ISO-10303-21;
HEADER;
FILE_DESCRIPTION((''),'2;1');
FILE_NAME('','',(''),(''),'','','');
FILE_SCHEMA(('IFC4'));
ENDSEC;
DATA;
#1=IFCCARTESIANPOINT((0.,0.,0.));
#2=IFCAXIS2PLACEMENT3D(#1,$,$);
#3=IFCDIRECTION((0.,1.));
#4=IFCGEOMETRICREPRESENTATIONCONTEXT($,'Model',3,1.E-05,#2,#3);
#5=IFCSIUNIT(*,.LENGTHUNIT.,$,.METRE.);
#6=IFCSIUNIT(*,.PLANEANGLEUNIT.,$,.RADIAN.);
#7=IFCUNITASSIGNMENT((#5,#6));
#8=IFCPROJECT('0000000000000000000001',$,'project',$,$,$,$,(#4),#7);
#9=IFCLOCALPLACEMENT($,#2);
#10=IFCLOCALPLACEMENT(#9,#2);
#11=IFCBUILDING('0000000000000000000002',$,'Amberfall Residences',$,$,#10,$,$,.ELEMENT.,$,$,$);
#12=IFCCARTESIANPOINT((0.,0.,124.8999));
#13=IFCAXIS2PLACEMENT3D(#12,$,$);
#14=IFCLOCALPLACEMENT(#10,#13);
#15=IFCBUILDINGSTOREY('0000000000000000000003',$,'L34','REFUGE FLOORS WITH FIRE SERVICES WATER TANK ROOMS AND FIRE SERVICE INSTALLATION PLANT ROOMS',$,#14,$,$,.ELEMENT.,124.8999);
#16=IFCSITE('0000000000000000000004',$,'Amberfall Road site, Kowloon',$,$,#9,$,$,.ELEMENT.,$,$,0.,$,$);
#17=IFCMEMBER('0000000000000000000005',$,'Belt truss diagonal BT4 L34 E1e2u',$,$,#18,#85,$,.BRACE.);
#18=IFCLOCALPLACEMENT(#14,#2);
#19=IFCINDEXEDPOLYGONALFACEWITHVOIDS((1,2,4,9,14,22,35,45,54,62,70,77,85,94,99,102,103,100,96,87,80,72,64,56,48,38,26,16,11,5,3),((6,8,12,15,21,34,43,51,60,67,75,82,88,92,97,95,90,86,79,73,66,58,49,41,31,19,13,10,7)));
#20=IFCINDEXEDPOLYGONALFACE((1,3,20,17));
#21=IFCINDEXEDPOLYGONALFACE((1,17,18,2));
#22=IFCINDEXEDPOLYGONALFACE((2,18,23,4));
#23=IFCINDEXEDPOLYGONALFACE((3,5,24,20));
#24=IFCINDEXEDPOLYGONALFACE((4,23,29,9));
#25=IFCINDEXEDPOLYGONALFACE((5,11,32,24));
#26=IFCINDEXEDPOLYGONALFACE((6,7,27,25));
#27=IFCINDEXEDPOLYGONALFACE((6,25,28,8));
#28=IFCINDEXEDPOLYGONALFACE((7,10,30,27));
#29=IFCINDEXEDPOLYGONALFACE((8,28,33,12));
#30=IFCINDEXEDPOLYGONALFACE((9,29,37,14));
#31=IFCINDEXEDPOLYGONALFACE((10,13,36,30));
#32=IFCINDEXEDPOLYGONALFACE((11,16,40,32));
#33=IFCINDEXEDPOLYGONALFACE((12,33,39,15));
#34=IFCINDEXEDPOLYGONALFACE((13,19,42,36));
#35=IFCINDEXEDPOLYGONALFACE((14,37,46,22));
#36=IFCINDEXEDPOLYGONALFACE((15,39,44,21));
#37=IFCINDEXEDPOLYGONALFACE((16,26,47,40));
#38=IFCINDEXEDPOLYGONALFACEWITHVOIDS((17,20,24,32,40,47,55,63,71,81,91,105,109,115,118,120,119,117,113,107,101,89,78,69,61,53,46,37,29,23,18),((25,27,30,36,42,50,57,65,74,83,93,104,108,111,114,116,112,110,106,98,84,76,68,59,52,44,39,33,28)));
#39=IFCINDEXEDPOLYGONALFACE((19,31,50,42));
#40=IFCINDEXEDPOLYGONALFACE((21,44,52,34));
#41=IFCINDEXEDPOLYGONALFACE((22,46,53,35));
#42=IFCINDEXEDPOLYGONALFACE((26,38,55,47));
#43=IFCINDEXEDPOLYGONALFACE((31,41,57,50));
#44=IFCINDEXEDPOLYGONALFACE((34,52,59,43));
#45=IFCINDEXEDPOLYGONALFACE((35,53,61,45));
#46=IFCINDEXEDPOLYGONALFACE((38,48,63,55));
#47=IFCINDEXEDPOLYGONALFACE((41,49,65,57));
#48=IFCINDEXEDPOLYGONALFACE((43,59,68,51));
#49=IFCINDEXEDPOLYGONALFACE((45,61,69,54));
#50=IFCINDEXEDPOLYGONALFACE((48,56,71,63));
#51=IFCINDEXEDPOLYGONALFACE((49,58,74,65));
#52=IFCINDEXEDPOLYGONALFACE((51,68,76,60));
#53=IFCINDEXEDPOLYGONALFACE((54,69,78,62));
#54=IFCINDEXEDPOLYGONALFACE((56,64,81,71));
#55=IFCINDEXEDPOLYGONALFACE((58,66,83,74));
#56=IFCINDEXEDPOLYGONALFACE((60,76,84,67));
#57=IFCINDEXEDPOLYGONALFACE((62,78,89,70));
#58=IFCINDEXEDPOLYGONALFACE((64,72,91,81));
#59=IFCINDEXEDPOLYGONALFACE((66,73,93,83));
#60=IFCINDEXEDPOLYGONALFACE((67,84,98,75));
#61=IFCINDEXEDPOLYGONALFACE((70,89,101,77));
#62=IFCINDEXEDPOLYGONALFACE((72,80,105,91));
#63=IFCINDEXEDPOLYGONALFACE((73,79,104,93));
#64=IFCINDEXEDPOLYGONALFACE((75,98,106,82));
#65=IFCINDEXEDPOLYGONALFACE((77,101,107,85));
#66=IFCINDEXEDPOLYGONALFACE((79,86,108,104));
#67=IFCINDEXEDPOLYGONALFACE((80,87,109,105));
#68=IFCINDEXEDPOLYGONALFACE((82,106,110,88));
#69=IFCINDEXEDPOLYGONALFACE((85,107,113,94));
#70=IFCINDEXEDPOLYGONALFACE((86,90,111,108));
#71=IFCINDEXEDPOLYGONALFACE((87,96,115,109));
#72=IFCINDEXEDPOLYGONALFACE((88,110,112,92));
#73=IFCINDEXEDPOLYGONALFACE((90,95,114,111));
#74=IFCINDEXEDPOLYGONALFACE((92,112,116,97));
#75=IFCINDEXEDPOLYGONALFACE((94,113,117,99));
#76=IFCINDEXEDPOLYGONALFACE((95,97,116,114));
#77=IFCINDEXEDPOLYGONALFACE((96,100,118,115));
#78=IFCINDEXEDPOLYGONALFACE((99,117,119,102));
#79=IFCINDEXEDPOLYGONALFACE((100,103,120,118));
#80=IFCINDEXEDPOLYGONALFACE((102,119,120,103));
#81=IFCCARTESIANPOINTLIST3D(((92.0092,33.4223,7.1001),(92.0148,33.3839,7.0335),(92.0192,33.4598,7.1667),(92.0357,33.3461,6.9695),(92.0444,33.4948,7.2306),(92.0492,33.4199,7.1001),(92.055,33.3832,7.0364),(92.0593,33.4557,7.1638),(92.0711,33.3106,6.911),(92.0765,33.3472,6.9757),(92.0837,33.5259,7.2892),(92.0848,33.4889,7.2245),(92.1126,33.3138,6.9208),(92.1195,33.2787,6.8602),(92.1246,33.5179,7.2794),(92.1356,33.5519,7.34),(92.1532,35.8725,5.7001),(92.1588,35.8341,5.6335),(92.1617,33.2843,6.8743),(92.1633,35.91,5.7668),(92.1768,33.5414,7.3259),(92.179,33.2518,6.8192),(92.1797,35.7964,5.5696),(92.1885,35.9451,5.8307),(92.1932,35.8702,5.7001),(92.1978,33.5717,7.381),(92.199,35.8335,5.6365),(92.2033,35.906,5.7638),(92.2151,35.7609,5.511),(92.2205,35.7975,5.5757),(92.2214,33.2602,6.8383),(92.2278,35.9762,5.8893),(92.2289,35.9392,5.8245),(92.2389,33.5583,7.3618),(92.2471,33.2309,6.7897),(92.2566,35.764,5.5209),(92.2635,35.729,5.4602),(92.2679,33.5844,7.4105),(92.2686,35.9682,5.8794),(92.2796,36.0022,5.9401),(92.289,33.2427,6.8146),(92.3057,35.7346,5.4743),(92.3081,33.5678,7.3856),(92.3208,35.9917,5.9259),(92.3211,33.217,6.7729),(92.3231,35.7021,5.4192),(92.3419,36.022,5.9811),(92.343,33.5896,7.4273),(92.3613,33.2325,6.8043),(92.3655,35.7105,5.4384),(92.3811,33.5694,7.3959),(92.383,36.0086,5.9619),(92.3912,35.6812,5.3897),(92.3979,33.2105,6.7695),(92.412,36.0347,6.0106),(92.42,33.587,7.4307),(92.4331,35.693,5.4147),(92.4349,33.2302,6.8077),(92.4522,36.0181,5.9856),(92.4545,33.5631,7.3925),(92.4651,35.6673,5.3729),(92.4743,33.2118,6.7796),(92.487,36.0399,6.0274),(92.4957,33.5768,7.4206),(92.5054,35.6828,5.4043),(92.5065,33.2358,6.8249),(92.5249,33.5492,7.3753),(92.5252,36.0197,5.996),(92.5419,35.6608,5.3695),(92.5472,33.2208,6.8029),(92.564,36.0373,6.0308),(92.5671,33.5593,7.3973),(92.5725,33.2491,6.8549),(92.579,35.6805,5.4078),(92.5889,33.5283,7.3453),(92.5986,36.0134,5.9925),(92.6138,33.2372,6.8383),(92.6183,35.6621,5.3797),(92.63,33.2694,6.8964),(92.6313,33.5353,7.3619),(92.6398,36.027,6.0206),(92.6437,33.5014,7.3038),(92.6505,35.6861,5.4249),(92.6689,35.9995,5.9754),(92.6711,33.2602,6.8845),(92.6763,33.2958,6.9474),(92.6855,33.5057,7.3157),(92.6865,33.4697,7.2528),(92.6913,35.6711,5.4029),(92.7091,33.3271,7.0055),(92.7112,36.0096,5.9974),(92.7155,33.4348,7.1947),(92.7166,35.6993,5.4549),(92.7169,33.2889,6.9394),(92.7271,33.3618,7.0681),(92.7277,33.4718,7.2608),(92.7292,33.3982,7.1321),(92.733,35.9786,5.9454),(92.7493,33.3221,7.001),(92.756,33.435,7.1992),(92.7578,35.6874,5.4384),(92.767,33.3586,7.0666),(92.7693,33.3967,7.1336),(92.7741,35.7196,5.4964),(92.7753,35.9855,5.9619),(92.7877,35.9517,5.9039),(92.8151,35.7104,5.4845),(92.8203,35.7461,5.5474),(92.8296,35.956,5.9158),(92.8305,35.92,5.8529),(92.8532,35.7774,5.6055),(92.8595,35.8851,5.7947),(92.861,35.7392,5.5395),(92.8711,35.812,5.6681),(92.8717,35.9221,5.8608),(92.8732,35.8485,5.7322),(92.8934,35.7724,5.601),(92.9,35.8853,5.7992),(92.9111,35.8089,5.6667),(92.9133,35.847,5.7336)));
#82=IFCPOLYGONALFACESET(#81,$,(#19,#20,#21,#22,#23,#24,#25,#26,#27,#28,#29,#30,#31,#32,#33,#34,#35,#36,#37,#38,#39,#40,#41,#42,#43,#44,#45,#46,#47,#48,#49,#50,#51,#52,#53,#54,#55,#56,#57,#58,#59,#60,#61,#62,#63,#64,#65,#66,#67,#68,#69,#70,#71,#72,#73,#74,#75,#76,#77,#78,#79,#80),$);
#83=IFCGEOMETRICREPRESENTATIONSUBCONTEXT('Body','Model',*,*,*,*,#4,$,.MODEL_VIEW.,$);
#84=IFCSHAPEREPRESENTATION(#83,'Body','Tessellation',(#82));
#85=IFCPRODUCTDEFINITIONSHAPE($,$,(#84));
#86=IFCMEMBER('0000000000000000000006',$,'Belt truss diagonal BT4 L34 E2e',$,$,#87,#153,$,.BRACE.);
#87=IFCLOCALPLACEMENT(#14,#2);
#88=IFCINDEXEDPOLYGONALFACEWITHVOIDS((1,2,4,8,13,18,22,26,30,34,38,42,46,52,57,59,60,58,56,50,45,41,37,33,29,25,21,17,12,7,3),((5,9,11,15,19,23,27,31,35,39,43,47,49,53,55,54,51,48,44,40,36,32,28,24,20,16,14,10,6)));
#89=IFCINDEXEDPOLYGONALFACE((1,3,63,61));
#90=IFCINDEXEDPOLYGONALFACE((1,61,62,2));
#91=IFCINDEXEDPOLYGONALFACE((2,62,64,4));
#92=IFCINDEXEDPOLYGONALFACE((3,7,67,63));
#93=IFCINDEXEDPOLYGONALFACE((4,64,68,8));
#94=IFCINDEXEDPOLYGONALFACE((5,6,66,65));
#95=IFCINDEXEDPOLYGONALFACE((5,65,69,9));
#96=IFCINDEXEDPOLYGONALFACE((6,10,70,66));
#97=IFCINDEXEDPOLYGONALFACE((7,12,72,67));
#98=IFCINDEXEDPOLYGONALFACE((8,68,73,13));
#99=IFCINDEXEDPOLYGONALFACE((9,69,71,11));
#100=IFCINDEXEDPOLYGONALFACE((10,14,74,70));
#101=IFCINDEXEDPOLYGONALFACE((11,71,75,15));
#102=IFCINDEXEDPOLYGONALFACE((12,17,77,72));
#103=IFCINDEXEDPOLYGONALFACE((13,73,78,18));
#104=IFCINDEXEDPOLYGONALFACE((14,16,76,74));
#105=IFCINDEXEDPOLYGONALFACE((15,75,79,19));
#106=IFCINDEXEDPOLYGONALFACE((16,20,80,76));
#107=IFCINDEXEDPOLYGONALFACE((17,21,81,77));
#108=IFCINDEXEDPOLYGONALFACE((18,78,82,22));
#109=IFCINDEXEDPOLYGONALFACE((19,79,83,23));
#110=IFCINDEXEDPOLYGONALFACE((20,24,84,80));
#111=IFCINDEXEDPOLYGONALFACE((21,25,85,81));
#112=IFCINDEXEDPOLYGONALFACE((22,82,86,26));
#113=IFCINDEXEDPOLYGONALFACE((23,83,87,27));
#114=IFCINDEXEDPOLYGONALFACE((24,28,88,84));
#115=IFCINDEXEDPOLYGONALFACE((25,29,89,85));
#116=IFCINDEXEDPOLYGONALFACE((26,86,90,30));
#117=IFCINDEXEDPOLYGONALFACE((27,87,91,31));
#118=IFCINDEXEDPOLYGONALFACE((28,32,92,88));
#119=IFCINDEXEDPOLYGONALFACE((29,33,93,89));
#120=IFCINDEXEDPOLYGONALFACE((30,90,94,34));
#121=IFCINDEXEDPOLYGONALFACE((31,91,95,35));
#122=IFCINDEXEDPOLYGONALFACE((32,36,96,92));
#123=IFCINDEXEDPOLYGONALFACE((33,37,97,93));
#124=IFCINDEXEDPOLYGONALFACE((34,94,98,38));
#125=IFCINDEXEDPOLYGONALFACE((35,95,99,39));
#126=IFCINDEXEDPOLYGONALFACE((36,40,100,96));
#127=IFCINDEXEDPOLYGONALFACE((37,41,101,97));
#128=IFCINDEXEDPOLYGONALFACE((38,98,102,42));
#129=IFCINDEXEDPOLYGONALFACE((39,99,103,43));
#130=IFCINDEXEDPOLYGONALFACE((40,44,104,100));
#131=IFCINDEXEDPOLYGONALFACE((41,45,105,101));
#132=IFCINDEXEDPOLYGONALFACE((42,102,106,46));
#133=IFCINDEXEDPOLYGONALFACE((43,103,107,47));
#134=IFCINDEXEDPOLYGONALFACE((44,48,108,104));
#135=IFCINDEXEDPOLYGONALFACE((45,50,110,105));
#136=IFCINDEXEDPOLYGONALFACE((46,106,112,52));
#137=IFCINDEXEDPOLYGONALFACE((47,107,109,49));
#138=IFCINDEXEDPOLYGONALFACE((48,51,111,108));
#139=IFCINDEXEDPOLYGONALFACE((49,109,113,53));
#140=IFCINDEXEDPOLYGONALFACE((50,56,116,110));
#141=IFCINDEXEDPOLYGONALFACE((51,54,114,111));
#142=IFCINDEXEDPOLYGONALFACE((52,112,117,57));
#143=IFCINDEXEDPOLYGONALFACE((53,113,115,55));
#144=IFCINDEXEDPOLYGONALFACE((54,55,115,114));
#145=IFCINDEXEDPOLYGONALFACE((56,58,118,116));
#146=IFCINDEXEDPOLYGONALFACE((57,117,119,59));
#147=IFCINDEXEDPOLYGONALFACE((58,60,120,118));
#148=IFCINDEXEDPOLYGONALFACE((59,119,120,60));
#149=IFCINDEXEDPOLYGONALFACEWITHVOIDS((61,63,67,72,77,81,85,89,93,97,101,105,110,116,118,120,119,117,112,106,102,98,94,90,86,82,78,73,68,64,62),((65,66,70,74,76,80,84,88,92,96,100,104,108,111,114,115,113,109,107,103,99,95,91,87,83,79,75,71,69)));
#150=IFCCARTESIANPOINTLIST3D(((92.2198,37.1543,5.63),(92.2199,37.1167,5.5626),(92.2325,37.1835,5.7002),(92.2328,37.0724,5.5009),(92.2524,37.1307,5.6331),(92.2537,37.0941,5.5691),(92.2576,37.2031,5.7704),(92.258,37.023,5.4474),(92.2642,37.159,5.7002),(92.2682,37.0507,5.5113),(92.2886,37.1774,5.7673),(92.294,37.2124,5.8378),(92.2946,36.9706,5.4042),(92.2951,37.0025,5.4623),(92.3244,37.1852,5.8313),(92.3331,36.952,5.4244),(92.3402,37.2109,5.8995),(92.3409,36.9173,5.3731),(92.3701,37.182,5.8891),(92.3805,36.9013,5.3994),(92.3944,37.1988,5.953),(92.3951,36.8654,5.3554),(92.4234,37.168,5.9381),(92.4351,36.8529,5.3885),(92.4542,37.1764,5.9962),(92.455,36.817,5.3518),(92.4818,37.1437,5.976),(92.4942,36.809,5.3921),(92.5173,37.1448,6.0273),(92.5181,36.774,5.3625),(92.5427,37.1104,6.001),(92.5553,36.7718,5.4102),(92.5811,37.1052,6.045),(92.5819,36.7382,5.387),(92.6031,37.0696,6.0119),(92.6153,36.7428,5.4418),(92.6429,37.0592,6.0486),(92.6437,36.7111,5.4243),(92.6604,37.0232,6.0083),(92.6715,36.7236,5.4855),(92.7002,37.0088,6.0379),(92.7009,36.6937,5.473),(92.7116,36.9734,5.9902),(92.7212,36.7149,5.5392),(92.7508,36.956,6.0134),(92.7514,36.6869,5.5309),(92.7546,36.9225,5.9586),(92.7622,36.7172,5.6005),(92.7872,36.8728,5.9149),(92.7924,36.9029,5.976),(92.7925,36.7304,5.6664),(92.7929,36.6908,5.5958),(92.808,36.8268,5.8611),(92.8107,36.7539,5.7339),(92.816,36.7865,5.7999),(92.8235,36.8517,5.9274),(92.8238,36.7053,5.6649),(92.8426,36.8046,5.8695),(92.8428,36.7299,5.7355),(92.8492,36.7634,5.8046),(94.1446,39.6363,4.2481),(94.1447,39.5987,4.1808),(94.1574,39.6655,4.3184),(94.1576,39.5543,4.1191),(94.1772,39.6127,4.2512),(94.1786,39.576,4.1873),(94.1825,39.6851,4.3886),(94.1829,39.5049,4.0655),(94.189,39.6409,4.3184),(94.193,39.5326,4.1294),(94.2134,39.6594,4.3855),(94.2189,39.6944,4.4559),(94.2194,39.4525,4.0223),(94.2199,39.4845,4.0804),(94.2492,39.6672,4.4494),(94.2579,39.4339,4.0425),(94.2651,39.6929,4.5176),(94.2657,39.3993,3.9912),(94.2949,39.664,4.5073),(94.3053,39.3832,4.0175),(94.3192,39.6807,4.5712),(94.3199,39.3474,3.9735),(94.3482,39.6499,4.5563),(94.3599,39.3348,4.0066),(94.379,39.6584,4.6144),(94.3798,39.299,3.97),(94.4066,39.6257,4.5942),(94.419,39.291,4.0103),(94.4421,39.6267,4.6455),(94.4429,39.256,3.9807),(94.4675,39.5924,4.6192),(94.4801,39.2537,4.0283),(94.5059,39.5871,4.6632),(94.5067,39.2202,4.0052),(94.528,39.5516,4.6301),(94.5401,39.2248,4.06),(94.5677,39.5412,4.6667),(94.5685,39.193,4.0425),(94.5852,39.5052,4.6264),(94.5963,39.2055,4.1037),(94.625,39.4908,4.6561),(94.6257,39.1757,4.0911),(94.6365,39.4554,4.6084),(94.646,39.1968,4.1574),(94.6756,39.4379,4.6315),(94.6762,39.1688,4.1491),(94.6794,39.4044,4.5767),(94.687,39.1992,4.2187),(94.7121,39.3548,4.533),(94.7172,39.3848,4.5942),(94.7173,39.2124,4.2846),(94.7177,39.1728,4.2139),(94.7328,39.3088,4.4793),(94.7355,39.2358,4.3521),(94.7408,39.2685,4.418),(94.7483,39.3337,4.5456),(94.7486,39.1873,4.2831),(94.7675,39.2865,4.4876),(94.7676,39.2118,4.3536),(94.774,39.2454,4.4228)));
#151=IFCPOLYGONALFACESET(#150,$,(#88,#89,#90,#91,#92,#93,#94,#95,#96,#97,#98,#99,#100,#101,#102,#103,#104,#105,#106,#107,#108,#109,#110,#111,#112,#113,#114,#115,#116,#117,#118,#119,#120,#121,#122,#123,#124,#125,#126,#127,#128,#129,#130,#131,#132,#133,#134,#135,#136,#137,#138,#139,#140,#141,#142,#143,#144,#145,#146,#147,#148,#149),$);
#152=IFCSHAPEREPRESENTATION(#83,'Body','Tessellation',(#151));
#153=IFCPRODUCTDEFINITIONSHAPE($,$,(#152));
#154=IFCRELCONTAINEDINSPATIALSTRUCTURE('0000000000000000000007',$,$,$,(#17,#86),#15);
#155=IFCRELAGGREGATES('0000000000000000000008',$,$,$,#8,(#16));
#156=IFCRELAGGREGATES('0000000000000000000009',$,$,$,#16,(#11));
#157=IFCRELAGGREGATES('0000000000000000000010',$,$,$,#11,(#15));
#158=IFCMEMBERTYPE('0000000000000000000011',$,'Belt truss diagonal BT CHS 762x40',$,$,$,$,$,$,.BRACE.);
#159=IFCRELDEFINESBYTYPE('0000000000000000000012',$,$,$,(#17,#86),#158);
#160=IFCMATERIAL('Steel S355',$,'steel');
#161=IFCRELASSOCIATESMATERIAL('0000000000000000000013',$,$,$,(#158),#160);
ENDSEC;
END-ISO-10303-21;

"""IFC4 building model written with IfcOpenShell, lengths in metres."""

from ifc_helpers import new_model, si_unit, direction, frame, origin, origin_2d, place, context, subcontext, project, spatial, hollow_circle, extrude, material, material_profile, profile_set, type_object, element, save


model = new_model("IFC4")

# Units and contexts
model_context = context("Model", 3, precision=1e-05, world=origin(), true_north=direction((0.0, 1.0)))
body_context = subcontext(model_context, "Body", "Model", "MODEL_VIEW")
ifc_project = project(units=[si_unit("LENGTHUNIT", "METRE"), si_unit("PLANEANGLEUNIT", "RADIAN")], contexts=[model_context])

# Site, building, storey
site_placement = place(None, origin())
site = spatial("IfcSite", under=ifc_project, at=site_placement, Name="Amberfall Road site, Kowloon", CompositionType="ELEMENT", RefElevation=0.0)
building_placement = place(site_placement, origin())
building = spatial("IfcBuilding", under=site, at=building_placement, Name="Amberfall Residences", CompositionType="ELEMENT")
storey_placement = place(building_placement, frame((0.0, 0.0, 124.8999)))
storey = spatial("IfcBuildingStorey", under=building, at=storey_placement, Name="L34", Description="REFUGE FLOORS WITH FIRE SERVICES WATER TANK ROOMS AND FIRE SERVICE INSTALLATION PLANT ROOMS", CompositionType="ELEMENT", Elevation=124.8999)

# Shared definitions
ifc_material_1 = material(Name="Steel S355", Category="steel")

# Members
ifc_material_profile_1 = material_profile(ifc_material_1, hollow_circle(Radius=0.3811, WallThickness=0.04, at=origin_2d()), Name="CHS 762x40")
ifc_profile_set_1 = profile_set([ifc_material_profile_1], Name="Steel S355")
member_type = type_object("IfcMemberType", Name="Belt truss diagonal BT CHS 762x40", PredefinedType="BRACE", material=ifc_profile_set_1)
member_1_placement = place(storey_placement, frame((92.3896, 33.3999, 7.1001), z_axis=(0.050978, 0.867146, -0.495438), x_axis=(-0.998276, 0.058687, 0.0)))
element("IfcMember", 1, at=member_1_placement, inside=storey, type_object=member_type, Name="Belt truss diagonal BT4 L34 E1e2u", PredefinedType="BRACE", context=body_context, shape_type="SweptSolid", body=[
    extrude(hollow_circle(Radius=0.3811, WallThickness=0.04, at=origin_2d()), origin(), (0.0, 0.0, 1.0), 2.8257),
])
member_2_placement = place(storey_placement, frame((92.5337, 36.95, 5.7002), z_axis=(0.560943, 0.723306, -0.402706), x_axis=(-0.790214, 0.612831, 0.0)))
element("IfcMember", 2, at=member_2_placement, inside=storey, type_object=member_type, Name="Belt truss diagonal BT4 L34 E2e", PredefinedType="BRACE", context=body_context, shape_type="SweptSolid", body=[
    extrude(hollow_circle(Radius=0.3811, WallThickness=0.04, at=origin_2d()), origin(), (0.0, 0.0, 1.0), 3.4314),
])

save(model, "model.ifc")
